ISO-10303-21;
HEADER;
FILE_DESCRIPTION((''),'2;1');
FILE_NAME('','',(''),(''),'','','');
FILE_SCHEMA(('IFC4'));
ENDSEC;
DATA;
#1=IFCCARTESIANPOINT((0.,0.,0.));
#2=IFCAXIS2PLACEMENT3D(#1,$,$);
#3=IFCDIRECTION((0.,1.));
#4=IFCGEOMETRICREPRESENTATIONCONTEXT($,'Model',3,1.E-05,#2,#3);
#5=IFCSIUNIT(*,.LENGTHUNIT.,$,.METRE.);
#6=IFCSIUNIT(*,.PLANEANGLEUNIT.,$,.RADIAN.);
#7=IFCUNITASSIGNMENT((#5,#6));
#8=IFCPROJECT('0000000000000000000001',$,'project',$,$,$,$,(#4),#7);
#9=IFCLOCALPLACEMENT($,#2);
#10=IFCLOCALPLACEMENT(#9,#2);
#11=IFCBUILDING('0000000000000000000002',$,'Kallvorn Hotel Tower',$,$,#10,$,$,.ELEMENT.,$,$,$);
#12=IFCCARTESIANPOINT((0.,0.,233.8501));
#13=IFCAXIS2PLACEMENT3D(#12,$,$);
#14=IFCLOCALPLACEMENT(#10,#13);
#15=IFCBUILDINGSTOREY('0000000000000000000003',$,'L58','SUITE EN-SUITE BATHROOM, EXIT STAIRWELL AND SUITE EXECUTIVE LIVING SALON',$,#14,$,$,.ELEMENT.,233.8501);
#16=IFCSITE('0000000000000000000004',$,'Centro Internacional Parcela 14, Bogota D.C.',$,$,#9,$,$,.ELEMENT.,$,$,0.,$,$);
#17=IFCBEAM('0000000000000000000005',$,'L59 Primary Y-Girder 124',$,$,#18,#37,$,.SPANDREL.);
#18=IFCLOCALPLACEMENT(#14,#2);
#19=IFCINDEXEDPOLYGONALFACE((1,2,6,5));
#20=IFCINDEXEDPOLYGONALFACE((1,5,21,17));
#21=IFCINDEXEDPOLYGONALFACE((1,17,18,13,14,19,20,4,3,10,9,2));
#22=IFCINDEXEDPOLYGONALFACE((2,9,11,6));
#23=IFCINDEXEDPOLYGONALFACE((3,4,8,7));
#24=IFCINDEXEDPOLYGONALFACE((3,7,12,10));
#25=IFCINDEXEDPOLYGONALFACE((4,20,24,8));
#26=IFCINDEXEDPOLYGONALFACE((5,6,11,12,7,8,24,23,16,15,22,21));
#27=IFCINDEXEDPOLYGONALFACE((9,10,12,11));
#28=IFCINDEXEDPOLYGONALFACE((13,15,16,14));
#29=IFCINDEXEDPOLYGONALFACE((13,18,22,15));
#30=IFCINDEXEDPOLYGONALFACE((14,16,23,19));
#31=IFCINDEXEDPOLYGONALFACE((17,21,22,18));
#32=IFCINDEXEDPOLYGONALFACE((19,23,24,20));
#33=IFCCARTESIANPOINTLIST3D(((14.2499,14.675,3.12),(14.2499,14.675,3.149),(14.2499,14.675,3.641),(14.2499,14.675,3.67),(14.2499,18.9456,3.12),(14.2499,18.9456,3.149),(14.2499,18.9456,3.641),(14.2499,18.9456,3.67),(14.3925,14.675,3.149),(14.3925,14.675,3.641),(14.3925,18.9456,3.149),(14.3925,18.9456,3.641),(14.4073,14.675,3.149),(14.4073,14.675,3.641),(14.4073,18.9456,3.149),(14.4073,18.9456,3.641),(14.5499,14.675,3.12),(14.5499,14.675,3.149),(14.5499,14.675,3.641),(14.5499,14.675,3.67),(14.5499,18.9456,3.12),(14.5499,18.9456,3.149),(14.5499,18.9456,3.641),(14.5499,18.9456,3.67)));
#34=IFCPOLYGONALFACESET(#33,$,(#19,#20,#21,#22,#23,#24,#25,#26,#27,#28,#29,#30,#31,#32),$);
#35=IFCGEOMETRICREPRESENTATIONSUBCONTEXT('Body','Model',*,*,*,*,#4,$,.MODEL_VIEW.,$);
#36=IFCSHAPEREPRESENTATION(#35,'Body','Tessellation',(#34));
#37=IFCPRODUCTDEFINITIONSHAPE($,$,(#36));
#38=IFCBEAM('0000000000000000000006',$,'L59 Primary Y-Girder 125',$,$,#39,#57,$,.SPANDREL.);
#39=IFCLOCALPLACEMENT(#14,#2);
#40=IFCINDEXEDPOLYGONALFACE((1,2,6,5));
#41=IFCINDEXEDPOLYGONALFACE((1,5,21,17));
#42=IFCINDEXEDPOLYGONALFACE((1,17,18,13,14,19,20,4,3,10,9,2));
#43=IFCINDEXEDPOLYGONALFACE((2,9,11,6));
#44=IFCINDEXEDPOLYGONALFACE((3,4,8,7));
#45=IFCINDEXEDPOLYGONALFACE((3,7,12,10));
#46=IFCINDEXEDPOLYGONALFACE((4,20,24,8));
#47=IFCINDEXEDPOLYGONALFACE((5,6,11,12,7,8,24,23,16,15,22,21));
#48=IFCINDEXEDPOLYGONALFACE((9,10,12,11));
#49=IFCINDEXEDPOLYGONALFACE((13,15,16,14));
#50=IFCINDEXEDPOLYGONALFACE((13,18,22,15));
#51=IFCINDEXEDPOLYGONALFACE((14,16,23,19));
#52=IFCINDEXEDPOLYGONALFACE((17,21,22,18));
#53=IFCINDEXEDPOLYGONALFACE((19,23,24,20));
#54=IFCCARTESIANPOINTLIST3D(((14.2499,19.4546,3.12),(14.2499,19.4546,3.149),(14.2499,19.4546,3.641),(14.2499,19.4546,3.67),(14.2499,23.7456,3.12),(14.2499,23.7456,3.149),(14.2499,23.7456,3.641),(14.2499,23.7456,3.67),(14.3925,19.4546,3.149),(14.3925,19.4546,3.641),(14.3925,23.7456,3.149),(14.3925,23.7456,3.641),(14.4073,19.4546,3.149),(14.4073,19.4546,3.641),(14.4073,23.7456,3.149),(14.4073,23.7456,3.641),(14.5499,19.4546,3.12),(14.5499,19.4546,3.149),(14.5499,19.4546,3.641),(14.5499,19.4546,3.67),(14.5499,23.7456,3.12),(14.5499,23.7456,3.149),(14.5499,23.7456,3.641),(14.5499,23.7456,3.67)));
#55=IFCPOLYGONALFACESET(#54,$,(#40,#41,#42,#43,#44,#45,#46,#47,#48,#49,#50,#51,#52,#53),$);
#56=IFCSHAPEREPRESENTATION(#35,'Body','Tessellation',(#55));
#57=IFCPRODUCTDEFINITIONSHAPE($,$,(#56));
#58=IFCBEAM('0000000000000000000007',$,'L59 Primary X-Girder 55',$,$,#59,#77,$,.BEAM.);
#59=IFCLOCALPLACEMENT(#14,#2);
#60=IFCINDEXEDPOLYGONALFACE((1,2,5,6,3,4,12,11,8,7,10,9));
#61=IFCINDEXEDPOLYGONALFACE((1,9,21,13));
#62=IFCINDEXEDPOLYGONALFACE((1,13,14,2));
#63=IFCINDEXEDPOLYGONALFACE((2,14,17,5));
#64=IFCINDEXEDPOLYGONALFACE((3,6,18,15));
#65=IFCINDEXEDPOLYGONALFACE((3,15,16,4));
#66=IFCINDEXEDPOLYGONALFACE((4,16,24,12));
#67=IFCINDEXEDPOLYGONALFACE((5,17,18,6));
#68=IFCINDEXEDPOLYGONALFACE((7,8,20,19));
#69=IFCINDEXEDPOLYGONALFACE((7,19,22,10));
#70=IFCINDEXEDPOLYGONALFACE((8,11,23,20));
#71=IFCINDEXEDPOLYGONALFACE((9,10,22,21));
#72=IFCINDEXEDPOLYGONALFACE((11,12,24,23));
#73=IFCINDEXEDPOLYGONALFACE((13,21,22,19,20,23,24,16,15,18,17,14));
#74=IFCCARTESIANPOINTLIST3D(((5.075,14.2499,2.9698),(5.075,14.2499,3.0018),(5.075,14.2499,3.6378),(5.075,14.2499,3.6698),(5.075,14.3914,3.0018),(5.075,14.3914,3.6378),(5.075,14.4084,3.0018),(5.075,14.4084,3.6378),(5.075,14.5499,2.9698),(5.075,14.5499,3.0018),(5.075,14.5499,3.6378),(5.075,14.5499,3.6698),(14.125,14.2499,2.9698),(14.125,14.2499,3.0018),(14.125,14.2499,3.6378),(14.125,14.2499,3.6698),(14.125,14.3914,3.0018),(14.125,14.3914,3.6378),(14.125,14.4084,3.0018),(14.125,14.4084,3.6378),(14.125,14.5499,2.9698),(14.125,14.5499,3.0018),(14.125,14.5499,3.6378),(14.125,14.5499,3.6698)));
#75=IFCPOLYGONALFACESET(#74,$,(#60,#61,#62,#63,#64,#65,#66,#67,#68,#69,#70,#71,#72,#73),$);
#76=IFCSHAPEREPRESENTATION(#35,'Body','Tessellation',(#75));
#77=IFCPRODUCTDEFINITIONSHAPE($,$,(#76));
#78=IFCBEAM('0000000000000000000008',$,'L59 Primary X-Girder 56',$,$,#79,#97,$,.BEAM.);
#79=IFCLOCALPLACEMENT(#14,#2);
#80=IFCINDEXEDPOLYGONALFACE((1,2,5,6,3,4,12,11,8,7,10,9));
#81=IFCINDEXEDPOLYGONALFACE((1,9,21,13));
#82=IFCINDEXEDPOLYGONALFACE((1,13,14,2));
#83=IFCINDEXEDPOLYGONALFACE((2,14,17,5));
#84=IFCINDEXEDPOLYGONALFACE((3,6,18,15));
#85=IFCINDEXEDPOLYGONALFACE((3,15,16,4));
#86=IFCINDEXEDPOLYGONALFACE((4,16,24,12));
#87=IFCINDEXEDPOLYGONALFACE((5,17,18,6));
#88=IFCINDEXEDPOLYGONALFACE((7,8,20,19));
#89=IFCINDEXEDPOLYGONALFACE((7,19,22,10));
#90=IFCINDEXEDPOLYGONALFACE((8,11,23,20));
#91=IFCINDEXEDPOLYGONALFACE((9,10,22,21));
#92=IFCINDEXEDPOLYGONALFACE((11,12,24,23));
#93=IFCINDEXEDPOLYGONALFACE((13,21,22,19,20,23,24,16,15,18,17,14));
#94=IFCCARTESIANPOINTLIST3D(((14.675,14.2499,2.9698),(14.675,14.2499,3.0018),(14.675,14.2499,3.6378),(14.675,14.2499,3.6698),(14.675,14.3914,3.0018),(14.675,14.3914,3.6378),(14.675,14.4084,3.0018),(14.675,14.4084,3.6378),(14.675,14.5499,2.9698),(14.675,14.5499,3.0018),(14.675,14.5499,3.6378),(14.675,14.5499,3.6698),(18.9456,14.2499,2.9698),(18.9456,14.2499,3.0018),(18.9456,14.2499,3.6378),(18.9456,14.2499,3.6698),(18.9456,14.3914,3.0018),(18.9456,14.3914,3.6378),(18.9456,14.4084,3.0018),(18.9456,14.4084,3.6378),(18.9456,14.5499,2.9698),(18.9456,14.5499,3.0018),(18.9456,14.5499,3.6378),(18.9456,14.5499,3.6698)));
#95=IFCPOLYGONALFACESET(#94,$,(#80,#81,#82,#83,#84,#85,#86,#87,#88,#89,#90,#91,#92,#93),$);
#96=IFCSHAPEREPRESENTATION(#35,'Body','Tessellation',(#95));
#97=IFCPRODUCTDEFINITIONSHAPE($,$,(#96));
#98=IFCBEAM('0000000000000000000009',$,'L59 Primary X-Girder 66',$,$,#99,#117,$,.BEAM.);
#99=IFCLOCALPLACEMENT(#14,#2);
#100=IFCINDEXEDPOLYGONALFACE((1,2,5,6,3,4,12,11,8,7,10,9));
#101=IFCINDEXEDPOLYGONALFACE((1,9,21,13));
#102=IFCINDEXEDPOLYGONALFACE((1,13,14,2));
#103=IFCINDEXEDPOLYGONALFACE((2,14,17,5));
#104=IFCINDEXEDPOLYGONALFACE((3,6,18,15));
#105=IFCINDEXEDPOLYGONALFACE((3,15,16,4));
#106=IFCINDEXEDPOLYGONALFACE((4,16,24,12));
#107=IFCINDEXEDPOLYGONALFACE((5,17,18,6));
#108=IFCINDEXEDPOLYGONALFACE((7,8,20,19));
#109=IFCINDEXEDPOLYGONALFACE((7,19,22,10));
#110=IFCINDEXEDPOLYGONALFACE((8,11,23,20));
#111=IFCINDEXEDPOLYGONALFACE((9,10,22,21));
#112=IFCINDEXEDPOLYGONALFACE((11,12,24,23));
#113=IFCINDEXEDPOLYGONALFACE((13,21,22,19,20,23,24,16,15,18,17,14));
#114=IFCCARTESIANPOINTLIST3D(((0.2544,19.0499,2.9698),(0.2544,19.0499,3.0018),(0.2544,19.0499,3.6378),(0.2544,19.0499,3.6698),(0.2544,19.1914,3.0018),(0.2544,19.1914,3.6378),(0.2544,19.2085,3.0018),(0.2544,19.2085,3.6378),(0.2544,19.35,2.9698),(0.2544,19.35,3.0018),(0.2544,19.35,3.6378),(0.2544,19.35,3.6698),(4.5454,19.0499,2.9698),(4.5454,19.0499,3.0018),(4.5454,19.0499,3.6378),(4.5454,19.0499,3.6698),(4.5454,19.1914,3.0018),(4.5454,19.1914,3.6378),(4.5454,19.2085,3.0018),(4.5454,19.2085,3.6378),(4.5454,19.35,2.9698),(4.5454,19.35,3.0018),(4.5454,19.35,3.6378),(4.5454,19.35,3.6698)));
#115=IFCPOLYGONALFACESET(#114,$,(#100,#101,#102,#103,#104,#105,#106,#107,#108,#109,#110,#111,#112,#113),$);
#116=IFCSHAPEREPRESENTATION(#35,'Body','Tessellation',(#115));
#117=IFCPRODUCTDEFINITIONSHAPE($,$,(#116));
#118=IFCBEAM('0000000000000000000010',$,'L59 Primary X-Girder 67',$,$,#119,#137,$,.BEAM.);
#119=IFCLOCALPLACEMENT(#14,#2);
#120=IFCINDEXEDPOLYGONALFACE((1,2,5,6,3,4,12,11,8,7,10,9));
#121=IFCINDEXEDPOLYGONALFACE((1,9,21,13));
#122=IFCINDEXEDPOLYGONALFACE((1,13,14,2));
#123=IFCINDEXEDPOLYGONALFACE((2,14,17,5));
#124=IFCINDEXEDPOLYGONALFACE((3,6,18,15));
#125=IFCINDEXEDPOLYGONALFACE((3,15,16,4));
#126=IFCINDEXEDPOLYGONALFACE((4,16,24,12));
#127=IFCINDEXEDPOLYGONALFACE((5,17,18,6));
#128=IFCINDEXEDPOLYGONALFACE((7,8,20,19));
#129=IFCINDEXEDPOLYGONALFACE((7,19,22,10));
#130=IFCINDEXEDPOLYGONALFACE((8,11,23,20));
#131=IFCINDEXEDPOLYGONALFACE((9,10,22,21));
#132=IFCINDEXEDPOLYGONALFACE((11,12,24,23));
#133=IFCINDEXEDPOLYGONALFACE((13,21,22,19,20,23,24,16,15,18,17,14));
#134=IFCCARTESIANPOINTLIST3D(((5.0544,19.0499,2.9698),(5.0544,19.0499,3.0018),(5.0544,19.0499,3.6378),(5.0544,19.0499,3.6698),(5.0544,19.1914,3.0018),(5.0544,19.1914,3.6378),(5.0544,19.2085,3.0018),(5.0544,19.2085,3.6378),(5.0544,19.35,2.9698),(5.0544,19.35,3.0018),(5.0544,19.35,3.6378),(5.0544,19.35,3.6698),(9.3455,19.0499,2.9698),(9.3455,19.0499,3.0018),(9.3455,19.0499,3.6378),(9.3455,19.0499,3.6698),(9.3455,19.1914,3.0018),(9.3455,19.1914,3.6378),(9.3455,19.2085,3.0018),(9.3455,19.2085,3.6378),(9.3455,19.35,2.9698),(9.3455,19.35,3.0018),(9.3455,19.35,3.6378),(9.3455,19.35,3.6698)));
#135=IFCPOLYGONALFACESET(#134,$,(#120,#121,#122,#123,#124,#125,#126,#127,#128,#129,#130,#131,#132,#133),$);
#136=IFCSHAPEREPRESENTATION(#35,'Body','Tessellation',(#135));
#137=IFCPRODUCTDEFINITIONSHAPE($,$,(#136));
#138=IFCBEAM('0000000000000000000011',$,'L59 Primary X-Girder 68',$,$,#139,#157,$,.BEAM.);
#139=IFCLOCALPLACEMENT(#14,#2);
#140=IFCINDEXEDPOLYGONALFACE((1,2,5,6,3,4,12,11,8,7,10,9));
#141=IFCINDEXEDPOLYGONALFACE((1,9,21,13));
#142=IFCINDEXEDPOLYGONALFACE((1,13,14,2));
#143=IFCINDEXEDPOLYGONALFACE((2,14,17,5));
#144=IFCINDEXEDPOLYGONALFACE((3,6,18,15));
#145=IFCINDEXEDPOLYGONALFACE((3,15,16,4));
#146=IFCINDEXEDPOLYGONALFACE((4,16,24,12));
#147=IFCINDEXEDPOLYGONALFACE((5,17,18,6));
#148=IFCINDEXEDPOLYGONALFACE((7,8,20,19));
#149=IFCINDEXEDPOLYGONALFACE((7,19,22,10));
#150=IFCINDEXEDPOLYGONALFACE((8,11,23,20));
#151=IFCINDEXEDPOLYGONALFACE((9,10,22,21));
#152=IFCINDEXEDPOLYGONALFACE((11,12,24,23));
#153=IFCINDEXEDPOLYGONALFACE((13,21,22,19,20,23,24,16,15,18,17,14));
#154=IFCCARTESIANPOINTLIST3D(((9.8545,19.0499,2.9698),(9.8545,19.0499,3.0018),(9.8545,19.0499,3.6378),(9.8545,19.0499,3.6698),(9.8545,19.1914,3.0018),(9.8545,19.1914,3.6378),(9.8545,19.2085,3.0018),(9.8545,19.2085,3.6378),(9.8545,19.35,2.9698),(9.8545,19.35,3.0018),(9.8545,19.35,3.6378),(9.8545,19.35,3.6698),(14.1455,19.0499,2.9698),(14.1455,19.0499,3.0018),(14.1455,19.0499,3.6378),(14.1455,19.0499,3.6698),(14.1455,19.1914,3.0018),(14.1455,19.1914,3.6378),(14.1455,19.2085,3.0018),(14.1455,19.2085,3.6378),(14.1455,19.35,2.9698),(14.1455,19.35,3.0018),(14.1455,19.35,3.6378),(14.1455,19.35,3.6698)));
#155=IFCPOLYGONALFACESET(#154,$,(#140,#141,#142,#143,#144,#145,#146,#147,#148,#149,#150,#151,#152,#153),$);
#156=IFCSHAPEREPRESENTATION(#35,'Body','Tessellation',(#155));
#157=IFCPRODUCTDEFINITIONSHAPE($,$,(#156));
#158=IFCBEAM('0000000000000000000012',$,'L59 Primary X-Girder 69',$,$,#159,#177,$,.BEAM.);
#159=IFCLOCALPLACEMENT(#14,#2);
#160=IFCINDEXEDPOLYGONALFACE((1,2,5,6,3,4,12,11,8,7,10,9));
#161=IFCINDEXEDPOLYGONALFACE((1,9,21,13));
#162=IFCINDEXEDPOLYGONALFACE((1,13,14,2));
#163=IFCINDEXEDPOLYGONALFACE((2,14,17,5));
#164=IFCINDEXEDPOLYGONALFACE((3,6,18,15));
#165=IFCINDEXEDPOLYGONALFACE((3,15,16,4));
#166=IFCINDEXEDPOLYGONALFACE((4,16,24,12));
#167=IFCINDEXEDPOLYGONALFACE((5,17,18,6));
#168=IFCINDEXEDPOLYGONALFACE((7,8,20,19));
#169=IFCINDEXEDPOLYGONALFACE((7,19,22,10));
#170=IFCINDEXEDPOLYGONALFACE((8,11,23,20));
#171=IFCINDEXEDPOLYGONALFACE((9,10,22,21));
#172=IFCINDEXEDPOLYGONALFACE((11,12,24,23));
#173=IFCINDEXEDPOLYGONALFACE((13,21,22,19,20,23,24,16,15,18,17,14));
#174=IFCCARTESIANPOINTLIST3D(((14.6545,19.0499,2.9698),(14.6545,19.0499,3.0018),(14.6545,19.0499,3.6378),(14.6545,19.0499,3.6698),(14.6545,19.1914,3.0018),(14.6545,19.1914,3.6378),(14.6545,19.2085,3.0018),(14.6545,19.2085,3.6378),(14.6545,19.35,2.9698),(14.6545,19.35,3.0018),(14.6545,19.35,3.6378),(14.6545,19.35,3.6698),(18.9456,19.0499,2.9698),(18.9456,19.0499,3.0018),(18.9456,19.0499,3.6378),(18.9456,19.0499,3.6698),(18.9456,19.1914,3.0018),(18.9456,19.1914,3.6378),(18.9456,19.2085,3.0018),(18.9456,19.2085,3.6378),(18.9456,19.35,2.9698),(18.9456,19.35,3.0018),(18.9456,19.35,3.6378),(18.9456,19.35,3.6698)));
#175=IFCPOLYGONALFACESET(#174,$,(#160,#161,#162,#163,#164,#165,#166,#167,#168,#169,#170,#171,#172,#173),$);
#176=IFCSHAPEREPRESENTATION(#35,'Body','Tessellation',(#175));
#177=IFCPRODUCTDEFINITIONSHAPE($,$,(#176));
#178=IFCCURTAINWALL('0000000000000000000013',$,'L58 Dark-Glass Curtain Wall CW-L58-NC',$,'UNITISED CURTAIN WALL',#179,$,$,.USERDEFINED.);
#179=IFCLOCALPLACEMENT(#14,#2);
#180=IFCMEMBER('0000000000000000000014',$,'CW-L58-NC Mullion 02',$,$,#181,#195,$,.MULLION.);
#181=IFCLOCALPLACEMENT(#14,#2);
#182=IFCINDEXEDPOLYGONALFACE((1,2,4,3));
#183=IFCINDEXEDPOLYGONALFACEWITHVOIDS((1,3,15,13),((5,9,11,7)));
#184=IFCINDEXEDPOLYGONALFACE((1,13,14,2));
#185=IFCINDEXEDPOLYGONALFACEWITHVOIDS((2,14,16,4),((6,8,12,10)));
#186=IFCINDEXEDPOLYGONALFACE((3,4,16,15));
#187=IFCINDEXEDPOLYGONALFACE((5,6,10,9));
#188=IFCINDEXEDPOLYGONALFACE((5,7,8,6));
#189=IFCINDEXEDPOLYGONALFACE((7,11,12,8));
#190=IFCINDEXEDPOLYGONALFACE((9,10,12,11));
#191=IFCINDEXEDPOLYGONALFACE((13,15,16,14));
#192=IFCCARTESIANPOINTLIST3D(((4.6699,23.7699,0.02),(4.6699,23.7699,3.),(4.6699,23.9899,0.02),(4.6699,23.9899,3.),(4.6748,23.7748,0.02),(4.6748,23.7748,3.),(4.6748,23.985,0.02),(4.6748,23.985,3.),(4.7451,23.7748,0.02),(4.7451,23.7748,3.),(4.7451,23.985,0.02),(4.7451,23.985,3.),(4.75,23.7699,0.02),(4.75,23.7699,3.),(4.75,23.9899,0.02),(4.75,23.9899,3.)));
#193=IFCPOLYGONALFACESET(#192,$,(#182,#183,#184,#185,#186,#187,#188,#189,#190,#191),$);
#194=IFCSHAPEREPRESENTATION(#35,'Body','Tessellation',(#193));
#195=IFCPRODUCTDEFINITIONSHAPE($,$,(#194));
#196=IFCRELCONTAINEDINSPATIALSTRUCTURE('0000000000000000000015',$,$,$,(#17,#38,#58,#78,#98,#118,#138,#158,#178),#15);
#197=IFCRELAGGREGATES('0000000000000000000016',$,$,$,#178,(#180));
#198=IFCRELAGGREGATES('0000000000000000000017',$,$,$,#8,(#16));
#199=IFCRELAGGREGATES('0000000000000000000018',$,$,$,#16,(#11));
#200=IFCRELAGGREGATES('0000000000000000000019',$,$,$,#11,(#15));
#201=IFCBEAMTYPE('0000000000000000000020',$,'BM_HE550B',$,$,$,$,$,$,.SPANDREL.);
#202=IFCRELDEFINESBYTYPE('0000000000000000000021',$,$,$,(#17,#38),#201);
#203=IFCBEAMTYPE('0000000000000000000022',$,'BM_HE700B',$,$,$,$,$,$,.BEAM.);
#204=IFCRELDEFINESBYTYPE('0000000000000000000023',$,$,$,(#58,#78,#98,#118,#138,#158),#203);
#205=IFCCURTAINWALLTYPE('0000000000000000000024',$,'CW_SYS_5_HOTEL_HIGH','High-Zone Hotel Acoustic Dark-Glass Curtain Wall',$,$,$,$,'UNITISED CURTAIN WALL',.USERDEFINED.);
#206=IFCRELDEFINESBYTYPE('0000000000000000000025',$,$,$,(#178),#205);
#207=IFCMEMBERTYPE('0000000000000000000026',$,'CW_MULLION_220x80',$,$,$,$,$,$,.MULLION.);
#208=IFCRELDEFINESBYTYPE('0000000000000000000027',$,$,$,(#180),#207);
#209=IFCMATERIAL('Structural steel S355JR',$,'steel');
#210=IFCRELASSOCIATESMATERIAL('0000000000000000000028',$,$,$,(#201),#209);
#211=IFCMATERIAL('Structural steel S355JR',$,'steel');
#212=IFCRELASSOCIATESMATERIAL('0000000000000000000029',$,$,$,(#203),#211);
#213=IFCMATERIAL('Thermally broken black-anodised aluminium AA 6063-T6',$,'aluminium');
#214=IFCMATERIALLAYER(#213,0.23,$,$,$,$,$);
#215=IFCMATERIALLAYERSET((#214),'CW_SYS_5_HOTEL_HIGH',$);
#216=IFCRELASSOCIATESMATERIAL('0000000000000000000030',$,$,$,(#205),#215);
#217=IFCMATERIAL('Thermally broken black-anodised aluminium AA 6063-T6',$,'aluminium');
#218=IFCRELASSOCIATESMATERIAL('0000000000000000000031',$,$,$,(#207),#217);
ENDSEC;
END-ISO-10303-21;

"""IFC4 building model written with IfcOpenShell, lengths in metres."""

from ifc_helpers import new_model, si_unit, direction, frame, origin, origin_2d, place, context, subcontext, project, spatial, hollow_rectangle, i_section, extrude, material, layer, layer_set, material_profile, profile_set, type_object, element, aggregate, save


model = new_model("IFC4")

# Units and contexts
model_context = context("Model", 3, precision=1e-05, world=origin(), true_north=direction((0.0, 1.0)))
body_context = subcontext(model_context, "Body", "Model", "MODEL_VIEW")
ifc_project = project(units=[si_unit("LENGTHUNIT", "METRE"), si_unit("PLANEANGLEUNIT", "RADIAN")], contexts=[model_context])

# Site, building, storey
site_placement = place(None, origin())
site = spatial("IfcSite", under=ifc_project, at=site_placement, Name="Centro Internacional Parcela 14, Bogota D.C.", CompositionType="ELEMENT", RefElevation=0.0)
building_placement = place(site_placement, origin())
building = spatial("IfcBuilding", under=site, at=building_placement, Name="Kallvorn Hotel Tower", CompositionType="ELEMENT")
storey_placement = place(building_placement, frame((0.0, 0.0, 233.8501)))
storey = spatial("IfcBuildingStorey", under=building, at=storey_placement, Name="L58", Description="SUITE EN-SUITE BATHROOM, EXIT STAIRWELL AND SUITE EXECUTIVE LIVING SALON", CompositionType="ELEMENT", Elevation=233.8501)

# Beams
ifc_material_1 = material(Name="Structural steel S355JR", Category="steel")
ifc_material_profile_1 = material_profile(ifc_material_1, i_section(OverallWidth=0.3, OverallDepth=0.55, WebThickness=0.0149, FlangeThickness=0.0291, at=origin_2d()), Name="HE 550 B")
ifc_profile_set_1 = profile_set([ifc_material_profile_1], Name="Structural steel S355JR")
beam_type_1 = type_object("IfcBeamType", Name="BM_HE550B", PredefinedType="SPANDREL", material=ifc_profile_set_1)
beam_1_placement = place(storey_placement, frame((14.3999, 14.675, 3.395), z_axis=(0.0, 1.0, 0.0), x_axis=(-1.0, 0.0, 0.0)))
element("IfcBeam", 1, at=beam_1_placement, inside=storey, type_object=beam_type_1, Name="L59 Primary Y-Girder 124", PredefinedType="SPANDREL", context=body_context, shape_type="SweptSolid", body=[
    extrude(i_section(OverallWidth=0.3, OverallDepth=0.55, WebThickness=0.0149, FlangeThickness=0.0291, at=origin_2d()), origin(), (0.0, 0.0, 1.0), 4.2705),
])
beam_2_placement = place(storey_placement, frame((14.3999, 19.4546, 3.395), z_axis=(0.0, 1.0, 0.0), x_axis=(-1.0, 0.0, 0.0)))
element("IfcBeam", 2, at=beam_2_placement, inside=storey, type_object=beam_type_1, Name="L59 Primary Y-Girder 125", PredefinedType="SPANDREL", context=body_context, shape_type="SweptSolid", body=[
    extrude(i_section(OverallWidth=0.3, OverallDepth=0.55, WebThickness=0.0149, FlangeThickness=0.0291, at=origin_2d()), origin(), (0.0, 0.0, 1.0), 4.291),
])
ifc_material_2 = material(Name="Structural steel S355JR", Category="steel")
ifc_material_profile_2 = material_profile(ifc_material_2, i_section(OverallWidth=0.3, OverallDepth=0.7, WebThickness=0.0171, FlangeThickness=0.032, at=origin_2d()), Name="HE 700 B")
ifc_profile_set_2 = profile_set([ifc_material_profile_2], Name="Structural steel S355JR")
beam_type_2 = type_object("IfcBeamType", Name="BM_HE700B", PredefinedType="BEAM", material=ifc_profile_set_2)
beam_3_placement = place(storey_placement, frame((5.075, 14.3999, 3.3198), z_axis=(1.0, 0.0, 0.0), x_axis=(0.0, 1.0, 0.0)))
element("IfcBeam", 3, at=beam_3_placement, inside=storey, type_object=beam_type_2, Name="L59 Primary X-Girder 55", PredefinedType="BEAM", context=body_context, shape_type="SweptSolid", body=[
    extrude(i_section(OverallWidth=0.3, OverallDepth=0.7, WebThickness=0.0171, FlangeThickness=0.032, at=origin_2d()), origin(), (0.0, 0.0, 1.0), 9.05),
])
beam_4_placement = place(storey_placement, frame((14.675, 14.3999, 3.3198), z_axis=(1.0, 0.0, 0.0), x_axis=(0.0, 1.0, 0.0)))
element("IfcBeam", 4, at=beam_4_placement, inside=storey, type_object=beam_type_2, Name="L59 Primary X-Girder 56", PredefinedType="BEAM", context=body_context, shape_type="SweptSolid", body=[
    extrude(i_section(OverallWidth=0.3, OverallDepth=0.7, WebThickness=0.0171, FlangeThickness=0.032, at=origin_2d()), origin(), (0.0, 0.0, 1.0), 4.2705),
])
for number, where, z_axis, x_axis, name in (
    (5, (0.2544, 19.2, 3.3198), (1.0, 0.0, 0.0), (0.0, 1.0, 0.0), "L59 Primary X-Girder 66"),
    (6, (5.0544, 19.2, 3.3198), (1.0, 0.0, 0.0), (0.0, 1.0, 0.0), "L59 Primary X-Girder 67"),
    (7, (9.8545, 19.2, 3.3198), (1.0, 0.0, 0.0), (0.0, 1.0, 0.0), "L59 Primary X-Girder 68"),
    (8, (14.6545, 19.2, 3.3198), (1.0, 0.0, 0.0), (0.0, 1.0, 0.0), "L59 Primary X-Girder 69"),
):
    element("IfcBeam", number, at=place(storey_placement, frame(where, z_axis=z_axis, x_axis=x_axis)), inside=storey, type_object=beam_type_2, Name=name, PredefinedType="BEAM", context=body_context, shape_type="SweptSolid", body=[
        extrude(i_section(OverallWidth=0.3, OverallDepth=0.7, WebThickness=0.0171, FlangeThickness=0.032, at=origin_2d()), origin(), (0.0, 0.0, 1.0), 4.291),
    ])

# Curtain wall, member
ifc_material_3 = material(Name="Thermally broken black-anodised aluminium AA 6063-T6", Category="aluminium")
ifc_layer_1 = layer(ifc_material_3, 0.23)
ifc_layer_set_1 = layer_set([ifc_layer_1], Name="CW_SYS_5_HOTEL_HIGH")
curtain_wall_type = type_object("IfcCurtainWallType", Name="CW_SYS_5_HOTEL_HIGH", Description="High-Zone Hotel Acoustic Dark-Glass Curtain Wall", ElementType="UNITISED CURTAIN WALL", PredefinedType="USERDEFINED", material=ifc_layer_set_1)
curtain_wall_placement = place(storey_placement, origin())
curtain_wall = element("IfcCurtainWall", 9, at=curtain_wall_placement, inside=storey, type_object=curtain_wall_type, Name="L58 Dark-Glass Curtain Wall CW-L58-NC", ObjectType="UNITISED CURTAIN WALL", PredefinedType="USERDEFINED")
ifc_material_4 = material(Name="Thermally broken black-anodised aluminium AA 6063-T6", Category="aluminium")
ifc_material_profile_3 = material_profile(ifc_material_4, hollow_rectangle(XDim=0.0801, YDim=0.22, WallThickness=0.0049, at=origin_2d()), Name="MUL 220x80")
ifc_profile_set_3 = profile_set([ifc_material_profile_3], Name="Thermally broken black-anodised aluminium AA 6063-T6")
member_type_1 = type_object("IfcMemberType", Name="CW_MULLION_220x80", PredefinedType="MULLION", material=ifc_profile_set_3)
member_1_placement = place(storey_placement, frame((4.71, 23.8799, 0.02), z_axis=(0.0, 0.0, 1.0), x_axis=(1.0, 0.0, 0.0)))
member_1 = element("IfcMember", 10, at=member_1_placement, type_object=member_type_1, Name="CW-L58-NC Mullion 02", PredefinedType="MULLION", context=body_context, shape_type="SweptSolid", body=[
    extrude(hollow_rectangle(XDim=0.0801, YDim=0.22, WallThickness=0.0049, at=origin_2d()), origin(), (0.0, 0.0, 1.0), 2.98),
])
aggregate(curtain_wall, [member_1])

save(model, "model.ifc")
